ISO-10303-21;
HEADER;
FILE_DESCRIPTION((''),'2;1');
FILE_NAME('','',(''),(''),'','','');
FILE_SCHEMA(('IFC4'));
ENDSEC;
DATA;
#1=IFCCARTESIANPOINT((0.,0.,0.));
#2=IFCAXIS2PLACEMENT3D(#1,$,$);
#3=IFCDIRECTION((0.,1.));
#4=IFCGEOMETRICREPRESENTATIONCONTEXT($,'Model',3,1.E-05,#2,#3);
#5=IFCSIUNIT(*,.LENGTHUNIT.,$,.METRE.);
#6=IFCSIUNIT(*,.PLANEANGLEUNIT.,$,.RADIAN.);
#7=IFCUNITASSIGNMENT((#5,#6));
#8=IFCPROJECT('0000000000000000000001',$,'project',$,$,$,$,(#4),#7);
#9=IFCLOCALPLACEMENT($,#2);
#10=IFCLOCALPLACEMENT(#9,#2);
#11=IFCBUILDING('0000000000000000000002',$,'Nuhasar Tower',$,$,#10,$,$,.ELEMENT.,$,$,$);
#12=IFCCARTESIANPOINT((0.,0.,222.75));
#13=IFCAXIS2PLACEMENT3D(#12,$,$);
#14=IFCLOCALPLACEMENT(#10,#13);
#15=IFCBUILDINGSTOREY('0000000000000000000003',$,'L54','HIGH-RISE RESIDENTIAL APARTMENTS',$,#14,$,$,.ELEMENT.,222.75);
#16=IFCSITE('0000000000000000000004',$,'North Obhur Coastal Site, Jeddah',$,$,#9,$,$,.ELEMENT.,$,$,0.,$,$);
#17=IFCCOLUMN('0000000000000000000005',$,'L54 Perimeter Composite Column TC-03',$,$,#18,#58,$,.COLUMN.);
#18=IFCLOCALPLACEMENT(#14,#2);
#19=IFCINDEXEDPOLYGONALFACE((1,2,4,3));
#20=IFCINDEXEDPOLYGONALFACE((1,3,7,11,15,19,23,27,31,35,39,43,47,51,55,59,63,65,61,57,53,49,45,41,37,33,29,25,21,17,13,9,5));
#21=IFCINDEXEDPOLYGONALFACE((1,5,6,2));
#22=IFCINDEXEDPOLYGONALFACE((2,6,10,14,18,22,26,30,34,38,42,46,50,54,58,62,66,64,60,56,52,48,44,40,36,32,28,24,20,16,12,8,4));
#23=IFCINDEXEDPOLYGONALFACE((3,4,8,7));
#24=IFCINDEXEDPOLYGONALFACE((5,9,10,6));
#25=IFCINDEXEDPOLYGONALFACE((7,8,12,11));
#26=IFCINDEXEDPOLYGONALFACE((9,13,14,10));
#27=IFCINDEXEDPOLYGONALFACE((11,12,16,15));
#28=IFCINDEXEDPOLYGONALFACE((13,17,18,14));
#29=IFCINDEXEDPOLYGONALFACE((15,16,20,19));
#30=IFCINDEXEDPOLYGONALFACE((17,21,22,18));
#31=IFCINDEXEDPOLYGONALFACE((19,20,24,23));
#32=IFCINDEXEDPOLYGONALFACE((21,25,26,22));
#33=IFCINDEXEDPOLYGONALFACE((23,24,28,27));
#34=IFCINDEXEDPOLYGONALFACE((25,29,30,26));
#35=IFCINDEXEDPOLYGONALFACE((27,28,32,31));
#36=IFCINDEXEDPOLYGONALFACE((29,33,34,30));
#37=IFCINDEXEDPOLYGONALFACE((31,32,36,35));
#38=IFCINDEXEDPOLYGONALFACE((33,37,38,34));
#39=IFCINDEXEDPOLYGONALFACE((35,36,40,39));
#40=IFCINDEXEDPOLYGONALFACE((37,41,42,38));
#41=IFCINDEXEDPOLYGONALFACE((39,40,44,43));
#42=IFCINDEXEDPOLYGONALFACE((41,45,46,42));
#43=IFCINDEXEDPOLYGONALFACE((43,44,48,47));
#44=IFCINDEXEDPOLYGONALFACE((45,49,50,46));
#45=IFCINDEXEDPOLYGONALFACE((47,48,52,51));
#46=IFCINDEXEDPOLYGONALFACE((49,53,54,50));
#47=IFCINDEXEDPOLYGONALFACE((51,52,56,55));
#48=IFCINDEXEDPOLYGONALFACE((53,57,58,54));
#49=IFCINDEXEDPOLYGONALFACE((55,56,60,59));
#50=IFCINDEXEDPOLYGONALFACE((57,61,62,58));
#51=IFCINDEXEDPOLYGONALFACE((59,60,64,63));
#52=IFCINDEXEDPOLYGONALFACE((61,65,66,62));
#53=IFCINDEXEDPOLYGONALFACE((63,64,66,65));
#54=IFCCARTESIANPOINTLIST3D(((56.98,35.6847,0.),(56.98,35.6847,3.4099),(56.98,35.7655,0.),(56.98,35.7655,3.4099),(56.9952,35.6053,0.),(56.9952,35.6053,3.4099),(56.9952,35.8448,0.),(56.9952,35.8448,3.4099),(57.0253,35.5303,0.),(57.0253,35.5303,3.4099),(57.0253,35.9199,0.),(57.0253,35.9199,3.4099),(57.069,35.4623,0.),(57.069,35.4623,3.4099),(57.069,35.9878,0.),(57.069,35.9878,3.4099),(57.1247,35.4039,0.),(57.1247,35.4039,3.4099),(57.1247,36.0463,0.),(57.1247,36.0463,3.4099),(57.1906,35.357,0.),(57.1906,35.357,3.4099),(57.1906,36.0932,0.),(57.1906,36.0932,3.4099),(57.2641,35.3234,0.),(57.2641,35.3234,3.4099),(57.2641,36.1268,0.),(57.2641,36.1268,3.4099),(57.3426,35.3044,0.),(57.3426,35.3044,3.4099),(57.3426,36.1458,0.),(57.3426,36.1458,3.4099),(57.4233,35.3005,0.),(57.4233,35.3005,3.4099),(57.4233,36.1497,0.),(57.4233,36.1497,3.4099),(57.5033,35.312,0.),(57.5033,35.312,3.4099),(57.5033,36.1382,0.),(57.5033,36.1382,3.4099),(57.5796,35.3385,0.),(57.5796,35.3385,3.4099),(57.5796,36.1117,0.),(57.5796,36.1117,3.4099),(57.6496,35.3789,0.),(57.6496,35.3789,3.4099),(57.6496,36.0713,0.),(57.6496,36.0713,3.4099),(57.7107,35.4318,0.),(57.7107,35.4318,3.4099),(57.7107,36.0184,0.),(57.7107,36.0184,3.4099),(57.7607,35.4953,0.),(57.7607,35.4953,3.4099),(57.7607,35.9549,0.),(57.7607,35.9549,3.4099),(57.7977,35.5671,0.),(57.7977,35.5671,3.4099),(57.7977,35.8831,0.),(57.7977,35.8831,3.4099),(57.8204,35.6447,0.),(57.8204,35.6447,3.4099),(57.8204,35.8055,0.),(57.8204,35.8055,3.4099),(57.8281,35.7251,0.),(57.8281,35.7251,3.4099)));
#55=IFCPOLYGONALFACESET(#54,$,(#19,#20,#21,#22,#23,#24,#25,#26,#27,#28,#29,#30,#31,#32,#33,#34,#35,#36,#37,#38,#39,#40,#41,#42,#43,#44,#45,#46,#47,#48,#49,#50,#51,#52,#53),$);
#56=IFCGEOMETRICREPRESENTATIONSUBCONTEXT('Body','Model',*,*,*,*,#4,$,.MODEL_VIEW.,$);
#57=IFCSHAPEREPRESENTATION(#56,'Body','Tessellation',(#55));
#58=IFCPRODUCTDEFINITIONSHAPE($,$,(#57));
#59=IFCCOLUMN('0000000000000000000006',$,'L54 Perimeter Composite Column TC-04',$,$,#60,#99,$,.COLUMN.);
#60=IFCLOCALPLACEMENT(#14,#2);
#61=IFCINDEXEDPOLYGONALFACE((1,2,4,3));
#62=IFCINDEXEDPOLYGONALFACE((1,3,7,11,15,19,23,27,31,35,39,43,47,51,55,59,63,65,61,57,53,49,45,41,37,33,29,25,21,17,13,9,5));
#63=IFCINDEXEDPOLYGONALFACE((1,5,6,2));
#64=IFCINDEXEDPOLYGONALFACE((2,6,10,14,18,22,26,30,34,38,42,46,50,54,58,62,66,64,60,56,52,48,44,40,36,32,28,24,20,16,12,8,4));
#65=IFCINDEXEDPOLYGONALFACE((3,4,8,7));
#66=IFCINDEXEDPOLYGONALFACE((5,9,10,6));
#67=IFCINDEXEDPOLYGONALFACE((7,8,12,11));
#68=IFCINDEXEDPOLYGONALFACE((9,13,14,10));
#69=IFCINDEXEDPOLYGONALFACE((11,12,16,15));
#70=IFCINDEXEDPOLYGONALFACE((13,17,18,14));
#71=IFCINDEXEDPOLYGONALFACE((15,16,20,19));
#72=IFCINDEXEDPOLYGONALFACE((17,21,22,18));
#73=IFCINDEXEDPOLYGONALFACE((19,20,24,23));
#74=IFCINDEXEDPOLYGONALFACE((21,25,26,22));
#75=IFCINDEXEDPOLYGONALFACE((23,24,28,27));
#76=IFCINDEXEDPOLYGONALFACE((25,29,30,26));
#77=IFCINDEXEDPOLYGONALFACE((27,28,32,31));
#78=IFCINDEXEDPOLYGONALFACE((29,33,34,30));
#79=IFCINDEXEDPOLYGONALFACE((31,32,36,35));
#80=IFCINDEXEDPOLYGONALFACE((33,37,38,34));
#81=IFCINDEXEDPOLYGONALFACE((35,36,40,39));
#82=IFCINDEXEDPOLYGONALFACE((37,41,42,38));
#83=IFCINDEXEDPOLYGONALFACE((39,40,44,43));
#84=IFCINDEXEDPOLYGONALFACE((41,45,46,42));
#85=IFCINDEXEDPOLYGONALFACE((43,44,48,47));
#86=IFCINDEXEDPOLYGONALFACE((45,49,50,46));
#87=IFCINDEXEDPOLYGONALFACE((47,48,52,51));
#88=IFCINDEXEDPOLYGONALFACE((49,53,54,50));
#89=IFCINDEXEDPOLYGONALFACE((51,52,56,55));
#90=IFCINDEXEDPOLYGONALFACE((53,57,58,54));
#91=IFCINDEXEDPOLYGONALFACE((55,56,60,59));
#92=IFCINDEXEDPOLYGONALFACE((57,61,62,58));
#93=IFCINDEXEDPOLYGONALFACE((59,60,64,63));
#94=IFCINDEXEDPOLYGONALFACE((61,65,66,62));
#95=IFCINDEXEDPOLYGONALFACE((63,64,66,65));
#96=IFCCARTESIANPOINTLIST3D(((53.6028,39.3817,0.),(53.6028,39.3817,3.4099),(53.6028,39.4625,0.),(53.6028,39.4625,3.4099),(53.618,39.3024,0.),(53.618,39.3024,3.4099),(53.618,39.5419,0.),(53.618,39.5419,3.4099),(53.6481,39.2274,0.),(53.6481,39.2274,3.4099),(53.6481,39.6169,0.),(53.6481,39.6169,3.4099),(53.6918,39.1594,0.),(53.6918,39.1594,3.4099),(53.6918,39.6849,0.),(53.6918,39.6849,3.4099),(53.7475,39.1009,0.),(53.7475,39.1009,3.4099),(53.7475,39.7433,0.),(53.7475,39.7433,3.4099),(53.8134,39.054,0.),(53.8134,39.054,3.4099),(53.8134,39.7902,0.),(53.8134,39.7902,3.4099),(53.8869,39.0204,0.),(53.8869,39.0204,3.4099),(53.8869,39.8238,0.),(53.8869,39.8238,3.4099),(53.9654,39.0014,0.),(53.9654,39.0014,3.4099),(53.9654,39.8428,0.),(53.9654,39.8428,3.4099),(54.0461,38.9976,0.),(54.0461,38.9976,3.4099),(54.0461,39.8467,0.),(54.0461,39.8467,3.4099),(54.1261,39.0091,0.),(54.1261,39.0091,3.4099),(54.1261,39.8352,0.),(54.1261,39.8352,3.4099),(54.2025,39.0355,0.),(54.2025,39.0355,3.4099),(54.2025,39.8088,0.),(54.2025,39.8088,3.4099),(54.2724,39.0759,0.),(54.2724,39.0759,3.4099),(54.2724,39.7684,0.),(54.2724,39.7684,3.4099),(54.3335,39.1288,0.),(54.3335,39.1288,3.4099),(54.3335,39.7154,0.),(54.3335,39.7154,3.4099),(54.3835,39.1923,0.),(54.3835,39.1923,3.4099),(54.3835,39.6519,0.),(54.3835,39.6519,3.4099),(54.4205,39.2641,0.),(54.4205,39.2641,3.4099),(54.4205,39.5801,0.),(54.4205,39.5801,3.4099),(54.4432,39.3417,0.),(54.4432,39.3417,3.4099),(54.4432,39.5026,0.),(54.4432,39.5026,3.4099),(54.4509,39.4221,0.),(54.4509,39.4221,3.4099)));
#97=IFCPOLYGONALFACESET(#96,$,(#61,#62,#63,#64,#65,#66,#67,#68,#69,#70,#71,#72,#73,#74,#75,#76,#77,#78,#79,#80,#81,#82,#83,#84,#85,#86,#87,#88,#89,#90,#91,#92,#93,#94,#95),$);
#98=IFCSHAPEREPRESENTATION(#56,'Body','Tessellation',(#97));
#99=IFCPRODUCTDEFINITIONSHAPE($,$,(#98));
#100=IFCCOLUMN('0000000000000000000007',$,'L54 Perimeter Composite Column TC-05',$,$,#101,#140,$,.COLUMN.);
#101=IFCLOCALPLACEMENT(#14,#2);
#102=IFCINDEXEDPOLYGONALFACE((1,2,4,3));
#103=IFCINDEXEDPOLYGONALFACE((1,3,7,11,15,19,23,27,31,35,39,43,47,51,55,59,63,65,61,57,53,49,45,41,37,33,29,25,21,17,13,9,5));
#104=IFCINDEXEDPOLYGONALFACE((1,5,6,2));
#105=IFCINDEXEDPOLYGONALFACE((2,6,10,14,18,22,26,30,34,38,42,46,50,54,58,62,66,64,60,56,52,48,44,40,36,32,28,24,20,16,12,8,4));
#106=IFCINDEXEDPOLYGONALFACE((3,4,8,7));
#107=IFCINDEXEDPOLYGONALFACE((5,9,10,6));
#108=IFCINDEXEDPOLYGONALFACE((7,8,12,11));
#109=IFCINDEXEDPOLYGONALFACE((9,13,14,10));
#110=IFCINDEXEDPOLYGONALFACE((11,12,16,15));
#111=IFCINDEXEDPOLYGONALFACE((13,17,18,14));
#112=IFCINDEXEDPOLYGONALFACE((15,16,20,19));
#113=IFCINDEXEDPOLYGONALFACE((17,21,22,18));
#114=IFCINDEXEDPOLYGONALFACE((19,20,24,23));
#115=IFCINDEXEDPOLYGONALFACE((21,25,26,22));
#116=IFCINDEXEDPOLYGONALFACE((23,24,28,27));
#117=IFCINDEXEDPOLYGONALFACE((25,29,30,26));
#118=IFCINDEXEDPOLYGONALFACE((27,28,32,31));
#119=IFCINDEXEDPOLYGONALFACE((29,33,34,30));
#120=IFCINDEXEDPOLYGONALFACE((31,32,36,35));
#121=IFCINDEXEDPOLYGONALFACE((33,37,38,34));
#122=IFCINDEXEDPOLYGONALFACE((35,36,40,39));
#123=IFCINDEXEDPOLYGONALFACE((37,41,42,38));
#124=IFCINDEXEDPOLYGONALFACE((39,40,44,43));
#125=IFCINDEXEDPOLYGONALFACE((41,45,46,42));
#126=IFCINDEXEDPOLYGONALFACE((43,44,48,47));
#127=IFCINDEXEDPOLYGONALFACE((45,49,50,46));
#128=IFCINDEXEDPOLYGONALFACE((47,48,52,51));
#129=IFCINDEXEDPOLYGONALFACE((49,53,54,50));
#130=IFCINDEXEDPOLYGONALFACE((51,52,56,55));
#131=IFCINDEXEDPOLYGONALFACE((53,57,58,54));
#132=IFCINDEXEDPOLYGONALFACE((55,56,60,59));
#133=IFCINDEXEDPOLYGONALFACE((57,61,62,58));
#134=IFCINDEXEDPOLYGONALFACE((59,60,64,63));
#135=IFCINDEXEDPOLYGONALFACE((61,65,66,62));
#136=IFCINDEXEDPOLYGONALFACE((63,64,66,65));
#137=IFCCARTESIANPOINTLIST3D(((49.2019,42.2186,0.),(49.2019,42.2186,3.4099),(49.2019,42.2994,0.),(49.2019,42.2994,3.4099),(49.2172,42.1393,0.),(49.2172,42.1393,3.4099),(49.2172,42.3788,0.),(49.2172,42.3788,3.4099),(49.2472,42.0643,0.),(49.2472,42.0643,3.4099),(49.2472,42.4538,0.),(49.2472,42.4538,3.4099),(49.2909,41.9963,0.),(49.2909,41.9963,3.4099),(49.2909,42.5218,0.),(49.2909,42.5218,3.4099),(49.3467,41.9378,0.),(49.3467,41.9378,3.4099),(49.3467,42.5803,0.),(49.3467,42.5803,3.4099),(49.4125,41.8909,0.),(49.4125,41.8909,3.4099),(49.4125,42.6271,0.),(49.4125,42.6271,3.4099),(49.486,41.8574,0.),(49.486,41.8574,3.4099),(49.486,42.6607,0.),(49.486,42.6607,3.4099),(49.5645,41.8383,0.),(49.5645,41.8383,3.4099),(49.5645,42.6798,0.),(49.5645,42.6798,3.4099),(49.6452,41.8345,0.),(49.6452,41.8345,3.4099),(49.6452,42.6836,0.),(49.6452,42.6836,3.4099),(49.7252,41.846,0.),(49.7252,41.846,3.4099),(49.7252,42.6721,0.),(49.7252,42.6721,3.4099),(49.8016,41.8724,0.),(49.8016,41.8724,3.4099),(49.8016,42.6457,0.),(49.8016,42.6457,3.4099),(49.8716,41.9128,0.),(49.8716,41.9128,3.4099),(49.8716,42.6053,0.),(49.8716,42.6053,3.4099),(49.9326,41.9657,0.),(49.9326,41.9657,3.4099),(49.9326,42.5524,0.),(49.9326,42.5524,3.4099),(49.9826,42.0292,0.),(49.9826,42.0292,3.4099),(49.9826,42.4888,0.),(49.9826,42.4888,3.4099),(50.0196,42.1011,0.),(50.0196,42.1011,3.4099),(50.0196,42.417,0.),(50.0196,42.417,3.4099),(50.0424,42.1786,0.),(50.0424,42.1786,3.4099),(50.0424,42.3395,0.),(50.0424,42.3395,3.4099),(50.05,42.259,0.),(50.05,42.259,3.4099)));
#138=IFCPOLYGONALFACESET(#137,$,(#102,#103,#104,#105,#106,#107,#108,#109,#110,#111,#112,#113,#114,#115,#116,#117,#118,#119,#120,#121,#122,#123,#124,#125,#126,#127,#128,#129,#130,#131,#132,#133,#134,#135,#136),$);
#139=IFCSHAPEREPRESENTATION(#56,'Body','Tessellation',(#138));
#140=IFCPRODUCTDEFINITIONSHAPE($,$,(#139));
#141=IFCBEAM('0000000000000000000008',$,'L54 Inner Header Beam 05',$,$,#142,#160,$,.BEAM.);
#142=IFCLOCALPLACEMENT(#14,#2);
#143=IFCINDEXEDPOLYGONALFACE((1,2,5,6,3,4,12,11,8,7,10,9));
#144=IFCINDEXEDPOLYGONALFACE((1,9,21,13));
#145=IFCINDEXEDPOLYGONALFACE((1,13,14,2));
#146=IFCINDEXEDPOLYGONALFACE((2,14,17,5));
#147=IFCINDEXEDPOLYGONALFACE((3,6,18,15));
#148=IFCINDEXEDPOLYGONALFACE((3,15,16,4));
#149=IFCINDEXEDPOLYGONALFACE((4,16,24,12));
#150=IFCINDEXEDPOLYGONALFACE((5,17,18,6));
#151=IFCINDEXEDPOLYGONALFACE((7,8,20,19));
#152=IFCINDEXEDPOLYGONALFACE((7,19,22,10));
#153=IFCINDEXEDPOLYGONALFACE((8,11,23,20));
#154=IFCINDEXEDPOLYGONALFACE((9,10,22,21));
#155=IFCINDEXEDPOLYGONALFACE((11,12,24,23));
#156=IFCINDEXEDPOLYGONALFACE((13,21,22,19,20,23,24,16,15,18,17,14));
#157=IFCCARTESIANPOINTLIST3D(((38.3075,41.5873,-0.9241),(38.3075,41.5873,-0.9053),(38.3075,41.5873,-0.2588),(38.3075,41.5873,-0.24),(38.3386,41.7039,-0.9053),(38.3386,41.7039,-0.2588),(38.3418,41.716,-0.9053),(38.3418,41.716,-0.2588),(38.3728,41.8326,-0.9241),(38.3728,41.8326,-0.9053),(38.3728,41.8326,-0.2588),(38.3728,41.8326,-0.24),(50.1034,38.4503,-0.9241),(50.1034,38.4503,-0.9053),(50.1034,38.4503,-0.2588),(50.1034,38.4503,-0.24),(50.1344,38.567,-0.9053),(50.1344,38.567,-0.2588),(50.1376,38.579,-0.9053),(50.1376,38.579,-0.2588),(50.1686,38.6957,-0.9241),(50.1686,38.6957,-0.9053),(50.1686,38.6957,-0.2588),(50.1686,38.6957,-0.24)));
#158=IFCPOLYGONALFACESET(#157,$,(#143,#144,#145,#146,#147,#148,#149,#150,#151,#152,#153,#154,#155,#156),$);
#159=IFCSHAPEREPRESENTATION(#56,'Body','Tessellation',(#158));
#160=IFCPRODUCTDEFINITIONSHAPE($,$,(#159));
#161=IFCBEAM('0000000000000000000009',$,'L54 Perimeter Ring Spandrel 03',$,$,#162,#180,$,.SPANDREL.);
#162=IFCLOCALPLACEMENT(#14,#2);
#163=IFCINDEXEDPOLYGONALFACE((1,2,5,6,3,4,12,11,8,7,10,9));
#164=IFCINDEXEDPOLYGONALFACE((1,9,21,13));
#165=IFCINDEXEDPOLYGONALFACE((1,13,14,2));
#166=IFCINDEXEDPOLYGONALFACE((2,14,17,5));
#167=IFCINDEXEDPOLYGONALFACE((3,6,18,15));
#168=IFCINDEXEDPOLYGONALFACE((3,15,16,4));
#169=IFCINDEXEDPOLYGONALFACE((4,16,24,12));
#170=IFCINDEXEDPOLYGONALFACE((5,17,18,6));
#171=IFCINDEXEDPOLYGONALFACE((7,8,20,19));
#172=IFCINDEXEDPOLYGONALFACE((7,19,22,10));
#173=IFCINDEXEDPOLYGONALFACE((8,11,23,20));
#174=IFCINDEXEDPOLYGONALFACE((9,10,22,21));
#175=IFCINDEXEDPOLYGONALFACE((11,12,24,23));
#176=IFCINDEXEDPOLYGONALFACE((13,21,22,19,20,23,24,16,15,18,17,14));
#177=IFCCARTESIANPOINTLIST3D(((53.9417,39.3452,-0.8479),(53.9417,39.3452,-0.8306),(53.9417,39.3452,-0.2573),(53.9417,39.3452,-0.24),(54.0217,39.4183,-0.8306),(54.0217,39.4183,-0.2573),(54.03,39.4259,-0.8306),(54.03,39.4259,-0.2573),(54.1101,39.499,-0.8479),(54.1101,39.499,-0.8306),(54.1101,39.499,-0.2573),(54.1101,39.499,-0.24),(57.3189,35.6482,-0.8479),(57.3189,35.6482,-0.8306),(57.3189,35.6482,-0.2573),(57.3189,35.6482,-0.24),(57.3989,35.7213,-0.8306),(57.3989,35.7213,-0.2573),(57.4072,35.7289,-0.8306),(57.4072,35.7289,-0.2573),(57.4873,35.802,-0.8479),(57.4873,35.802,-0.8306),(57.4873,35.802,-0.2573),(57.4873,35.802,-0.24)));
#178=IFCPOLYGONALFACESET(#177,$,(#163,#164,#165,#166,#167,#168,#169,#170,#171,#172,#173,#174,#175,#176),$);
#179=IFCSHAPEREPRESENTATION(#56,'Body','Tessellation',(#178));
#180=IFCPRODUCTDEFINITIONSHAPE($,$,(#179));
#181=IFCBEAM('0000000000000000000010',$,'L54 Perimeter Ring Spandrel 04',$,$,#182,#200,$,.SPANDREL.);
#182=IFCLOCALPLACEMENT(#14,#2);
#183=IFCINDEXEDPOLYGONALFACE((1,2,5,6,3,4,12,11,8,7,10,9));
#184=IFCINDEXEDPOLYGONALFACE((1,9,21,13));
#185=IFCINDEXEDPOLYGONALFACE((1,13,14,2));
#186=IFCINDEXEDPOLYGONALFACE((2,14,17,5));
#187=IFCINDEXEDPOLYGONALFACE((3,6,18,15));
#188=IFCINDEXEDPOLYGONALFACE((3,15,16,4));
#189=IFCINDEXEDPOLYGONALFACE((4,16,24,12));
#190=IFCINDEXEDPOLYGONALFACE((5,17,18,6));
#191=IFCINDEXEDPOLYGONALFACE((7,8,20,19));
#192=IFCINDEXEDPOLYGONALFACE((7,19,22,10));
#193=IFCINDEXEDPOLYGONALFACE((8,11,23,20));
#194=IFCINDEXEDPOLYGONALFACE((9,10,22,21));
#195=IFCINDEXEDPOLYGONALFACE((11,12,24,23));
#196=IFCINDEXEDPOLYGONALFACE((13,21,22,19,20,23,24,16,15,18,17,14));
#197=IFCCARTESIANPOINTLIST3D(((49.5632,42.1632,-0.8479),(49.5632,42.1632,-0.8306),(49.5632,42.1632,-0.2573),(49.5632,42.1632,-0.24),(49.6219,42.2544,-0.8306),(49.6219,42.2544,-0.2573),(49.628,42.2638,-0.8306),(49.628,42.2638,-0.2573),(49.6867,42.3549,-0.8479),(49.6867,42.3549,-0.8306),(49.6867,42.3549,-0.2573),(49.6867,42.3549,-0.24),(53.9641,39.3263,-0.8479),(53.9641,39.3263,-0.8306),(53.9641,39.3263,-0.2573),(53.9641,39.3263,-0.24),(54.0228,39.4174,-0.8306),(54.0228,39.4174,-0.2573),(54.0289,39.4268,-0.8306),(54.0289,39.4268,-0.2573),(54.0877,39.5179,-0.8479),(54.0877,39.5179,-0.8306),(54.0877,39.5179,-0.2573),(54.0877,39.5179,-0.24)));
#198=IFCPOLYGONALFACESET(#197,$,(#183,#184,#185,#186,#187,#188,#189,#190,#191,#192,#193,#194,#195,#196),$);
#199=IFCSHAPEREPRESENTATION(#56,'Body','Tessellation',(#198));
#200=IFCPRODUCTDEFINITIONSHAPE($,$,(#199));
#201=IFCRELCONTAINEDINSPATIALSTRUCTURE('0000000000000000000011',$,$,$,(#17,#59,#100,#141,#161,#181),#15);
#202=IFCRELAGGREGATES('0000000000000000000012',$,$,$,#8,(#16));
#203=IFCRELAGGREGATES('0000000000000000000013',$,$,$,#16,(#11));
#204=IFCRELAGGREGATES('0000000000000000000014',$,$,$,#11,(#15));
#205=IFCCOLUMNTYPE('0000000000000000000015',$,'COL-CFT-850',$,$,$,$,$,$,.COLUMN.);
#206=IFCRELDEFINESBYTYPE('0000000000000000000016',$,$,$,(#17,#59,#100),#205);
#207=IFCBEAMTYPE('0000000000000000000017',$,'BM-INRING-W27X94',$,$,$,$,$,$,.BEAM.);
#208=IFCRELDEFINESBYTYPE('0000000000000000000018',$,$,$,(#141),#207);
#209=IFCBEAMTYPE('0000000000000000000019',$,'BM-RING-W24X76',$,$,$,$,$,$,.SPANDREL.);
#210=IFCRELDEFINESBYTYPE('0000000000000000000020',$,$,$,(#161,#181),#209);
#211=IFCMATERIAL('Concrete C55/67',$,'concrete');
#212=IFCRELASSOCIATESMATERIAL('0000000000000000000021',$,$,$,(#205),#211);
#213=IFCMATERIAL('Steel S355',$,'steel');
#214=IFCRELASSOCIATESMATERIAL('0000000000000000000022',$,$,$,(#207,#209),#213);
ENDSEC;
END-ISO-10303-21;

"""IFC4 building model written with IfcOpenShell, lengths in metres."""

from ifc_helpers import new_model, si_unit, direction, frame, origin, origin_2d, place, context, subcontext, project, spatial, circle, i_section, extrude, material, material_profile, profile_set, type_object, element, save


model = new_model("IFC4")

# Units and contexts
model_context = context("Model", 3, precision=1e-05, world=origin(), true_north=direction((0.0, 1.0)))
body_context = subcontext(model_context, "Body", "Model", "MODEL_VIEW")
ifc_project = project(units=[si_unit("LENGTHUNIT", "METRE"), si_unit("PLANEANGLEUNIT", "RADIAN")], contexts=[model_context])

# Site, building, storey
site_placement = place(None, origin())
site = spatial("IfcSite", under=ifc_project, at=site_placement, Name="North Obhur Coastal Site, Jeddah", CompositionType="ELEMENT", RefElevation=0.0)
building_placement = place(site_placement, origin())
building = spatial("IfcBuilding", under=site, at=building_placement, Name="Nuhasar Tower", CompositionType="ELEMENT")
storey_placement = place(building_placement, frame((0.0, 0.0, 222.75)))
storey = spatial("IfcBuildingStorey", under=building, at=storey_placement, Name="L54", Description="HIGH-RISE RESIDENTIAL APARTMENTS", CompositionType="ELEMENT", Elevation=222.75)

# Columns
ifc_material_1 = material(Name="Concrete C55/67", Category="concrete")
ifc_material_profile_1 = material_profile(ifc_material_1, circle(Radius=0.425, at=origin_2d()), Name="CFT850")
ifc_profile_set_1 = profile_set([ifc_material_profile_1], Name="Concrete C55/67")
column_type = type_object("IfcColumnType", Name="COL-CFT-850", PredefinedType="COLUMN", material=ifc_profile_set_1)
for number, where, z_axis, x_axis, name in (
    (1, (57.4031, 35.7251, 0.0), (0.0, 0.0, 1.0), (1.0, 0.0, 0.0), "L54 Perimeter Composite Column TC-03"),
    (2, (54.0259, 39.4221, 0.0), (0.0, 0.0, 1.0), (1.0, 0.0, 0.0), "L54 Perimeter Composite Column TC-04"),
    (3, (49.625, 42.259, 0.0), (0.0, 0.0, 1.0), (1.0, 0.0, 0.0), "L54 Perimeter Composite Column TC-05"),
):
    element("IfcColumn", number, at=place(storey_placement, frame(where, z_axis=z_axis, x_axis=x_axis)), inside=storey, type_object=column_type, Name=name, PredefinedType="COLUMN", context=body_context, shape_type="SweptSolid", body=[
        extrude(circle(Radius=0.425, at=origin_2d()), origin(), (0.0, 0.0, 1.0), 3.4099),
    ])

# Beams
ifc_material_2 = material(Name="Steel S355", Category="steel")
ifc_material_profile_2 = material_profile(ifc_material_2, i_section(OverallWidth=0.2539, OverallDepth=0.6841, WebThickness=0.0125, FlangeThickness=0.0188, at=origin_2d()), Name="W27X94")
ifc_profile_set_2 = profile_set([ifc_material_profile_2], Name="Steel S355")
beam_type_1 = type_object("IfcBeamType", Name="BM-INRING-W27X94", PredefinedType="BEAM", material=ifc_profile_set_2)
beam_1_placement = place(storey_placement, frame((50.136, 38.573, -0.582), z_axis=(-0.96641, 0.257004, 0.0), x_axis=(-0.257004, -0.96641, 0.0)))
element("IfcBeam", 4, at=beam_1_placement, inside=storey, type_object=beam_type_1, Name="L54 Inner Header Beam 05", PredefinedType="BEAM", context=body_context, shape_type="SweptSolid", body=[
    extrude(i_section(OverallWidth=0.2539, OverallDepth=0.6841, WebThickness=0.0125, FlangeThickness=0.0188, at=origin_2d()), origin(), (0.0, 0.0, 1.0), 12.2058),
])
ifc_material_profile_3 = material_profile(ifc_material_2, i_section(OverallWidth=0.228, OverallDepth=0.6079, WebThickness=0.0112, FlangeThickness=0.0173, at=origin_2d()), Name="W24X76")
ifc_profile_set_3 = profile_set([ifc_material_profile_3], Name="Steel S355")
beam_type_2 = type_object("IfcBeamType", Name="BM-RING-W24X76", PredefinedType="SPANDREL", material=ifc_profile_set_3)
beam_2_placement = place(storey_placement, frame((57.4031, 35.7251, -0.5439), z_axis=(-0.67445, 0.738321, 0.0), x_axis=(-0.738321, -0.67445, 0.0)))
element("IfcBeam", 5, at=beam_2_placement, inside=storey, type_object=beam_type_2, Name="L54 Perimeter Ring Spandrel 03", PredefinedType="SPANDREL", context=body_context, shape_type="SweptSolid", body=[
    extrude(i_section(OverallWidth=0.228, OverallDepth=0.6079, WebThickness=0.0112, FlangeThickness=0.0173, at=origin_2d()), origin(), (0.0, 0.0, 1.0), 5.0073),
])
beam_3_placement = place(storey_placement, frame((54.0259, 39.4221, -0.5439), z_axis=(-0.840502, 0.541808, 0.0), x_axis=(-0.541808, -0.840502, 0.0)))
element("IfcBeam", 6, at=beam_3_placement, inside=storey, type_object=beam_type_2, Name="L54 Perimeter Ring Spandrel 04", PredefinedType="SPANDREL", context=body_context, shape_type="SweptSolid", body=[
    extrude(i_section(OverallWidth=0.228, OverallDepth=0.6079, WebThickness=0.0112, FlangeThickness=0.0173, at=origin_2d()), origin(), (0.0, 0.0, 1.0), 5.2361),
])

save(model, "model.ifc")
